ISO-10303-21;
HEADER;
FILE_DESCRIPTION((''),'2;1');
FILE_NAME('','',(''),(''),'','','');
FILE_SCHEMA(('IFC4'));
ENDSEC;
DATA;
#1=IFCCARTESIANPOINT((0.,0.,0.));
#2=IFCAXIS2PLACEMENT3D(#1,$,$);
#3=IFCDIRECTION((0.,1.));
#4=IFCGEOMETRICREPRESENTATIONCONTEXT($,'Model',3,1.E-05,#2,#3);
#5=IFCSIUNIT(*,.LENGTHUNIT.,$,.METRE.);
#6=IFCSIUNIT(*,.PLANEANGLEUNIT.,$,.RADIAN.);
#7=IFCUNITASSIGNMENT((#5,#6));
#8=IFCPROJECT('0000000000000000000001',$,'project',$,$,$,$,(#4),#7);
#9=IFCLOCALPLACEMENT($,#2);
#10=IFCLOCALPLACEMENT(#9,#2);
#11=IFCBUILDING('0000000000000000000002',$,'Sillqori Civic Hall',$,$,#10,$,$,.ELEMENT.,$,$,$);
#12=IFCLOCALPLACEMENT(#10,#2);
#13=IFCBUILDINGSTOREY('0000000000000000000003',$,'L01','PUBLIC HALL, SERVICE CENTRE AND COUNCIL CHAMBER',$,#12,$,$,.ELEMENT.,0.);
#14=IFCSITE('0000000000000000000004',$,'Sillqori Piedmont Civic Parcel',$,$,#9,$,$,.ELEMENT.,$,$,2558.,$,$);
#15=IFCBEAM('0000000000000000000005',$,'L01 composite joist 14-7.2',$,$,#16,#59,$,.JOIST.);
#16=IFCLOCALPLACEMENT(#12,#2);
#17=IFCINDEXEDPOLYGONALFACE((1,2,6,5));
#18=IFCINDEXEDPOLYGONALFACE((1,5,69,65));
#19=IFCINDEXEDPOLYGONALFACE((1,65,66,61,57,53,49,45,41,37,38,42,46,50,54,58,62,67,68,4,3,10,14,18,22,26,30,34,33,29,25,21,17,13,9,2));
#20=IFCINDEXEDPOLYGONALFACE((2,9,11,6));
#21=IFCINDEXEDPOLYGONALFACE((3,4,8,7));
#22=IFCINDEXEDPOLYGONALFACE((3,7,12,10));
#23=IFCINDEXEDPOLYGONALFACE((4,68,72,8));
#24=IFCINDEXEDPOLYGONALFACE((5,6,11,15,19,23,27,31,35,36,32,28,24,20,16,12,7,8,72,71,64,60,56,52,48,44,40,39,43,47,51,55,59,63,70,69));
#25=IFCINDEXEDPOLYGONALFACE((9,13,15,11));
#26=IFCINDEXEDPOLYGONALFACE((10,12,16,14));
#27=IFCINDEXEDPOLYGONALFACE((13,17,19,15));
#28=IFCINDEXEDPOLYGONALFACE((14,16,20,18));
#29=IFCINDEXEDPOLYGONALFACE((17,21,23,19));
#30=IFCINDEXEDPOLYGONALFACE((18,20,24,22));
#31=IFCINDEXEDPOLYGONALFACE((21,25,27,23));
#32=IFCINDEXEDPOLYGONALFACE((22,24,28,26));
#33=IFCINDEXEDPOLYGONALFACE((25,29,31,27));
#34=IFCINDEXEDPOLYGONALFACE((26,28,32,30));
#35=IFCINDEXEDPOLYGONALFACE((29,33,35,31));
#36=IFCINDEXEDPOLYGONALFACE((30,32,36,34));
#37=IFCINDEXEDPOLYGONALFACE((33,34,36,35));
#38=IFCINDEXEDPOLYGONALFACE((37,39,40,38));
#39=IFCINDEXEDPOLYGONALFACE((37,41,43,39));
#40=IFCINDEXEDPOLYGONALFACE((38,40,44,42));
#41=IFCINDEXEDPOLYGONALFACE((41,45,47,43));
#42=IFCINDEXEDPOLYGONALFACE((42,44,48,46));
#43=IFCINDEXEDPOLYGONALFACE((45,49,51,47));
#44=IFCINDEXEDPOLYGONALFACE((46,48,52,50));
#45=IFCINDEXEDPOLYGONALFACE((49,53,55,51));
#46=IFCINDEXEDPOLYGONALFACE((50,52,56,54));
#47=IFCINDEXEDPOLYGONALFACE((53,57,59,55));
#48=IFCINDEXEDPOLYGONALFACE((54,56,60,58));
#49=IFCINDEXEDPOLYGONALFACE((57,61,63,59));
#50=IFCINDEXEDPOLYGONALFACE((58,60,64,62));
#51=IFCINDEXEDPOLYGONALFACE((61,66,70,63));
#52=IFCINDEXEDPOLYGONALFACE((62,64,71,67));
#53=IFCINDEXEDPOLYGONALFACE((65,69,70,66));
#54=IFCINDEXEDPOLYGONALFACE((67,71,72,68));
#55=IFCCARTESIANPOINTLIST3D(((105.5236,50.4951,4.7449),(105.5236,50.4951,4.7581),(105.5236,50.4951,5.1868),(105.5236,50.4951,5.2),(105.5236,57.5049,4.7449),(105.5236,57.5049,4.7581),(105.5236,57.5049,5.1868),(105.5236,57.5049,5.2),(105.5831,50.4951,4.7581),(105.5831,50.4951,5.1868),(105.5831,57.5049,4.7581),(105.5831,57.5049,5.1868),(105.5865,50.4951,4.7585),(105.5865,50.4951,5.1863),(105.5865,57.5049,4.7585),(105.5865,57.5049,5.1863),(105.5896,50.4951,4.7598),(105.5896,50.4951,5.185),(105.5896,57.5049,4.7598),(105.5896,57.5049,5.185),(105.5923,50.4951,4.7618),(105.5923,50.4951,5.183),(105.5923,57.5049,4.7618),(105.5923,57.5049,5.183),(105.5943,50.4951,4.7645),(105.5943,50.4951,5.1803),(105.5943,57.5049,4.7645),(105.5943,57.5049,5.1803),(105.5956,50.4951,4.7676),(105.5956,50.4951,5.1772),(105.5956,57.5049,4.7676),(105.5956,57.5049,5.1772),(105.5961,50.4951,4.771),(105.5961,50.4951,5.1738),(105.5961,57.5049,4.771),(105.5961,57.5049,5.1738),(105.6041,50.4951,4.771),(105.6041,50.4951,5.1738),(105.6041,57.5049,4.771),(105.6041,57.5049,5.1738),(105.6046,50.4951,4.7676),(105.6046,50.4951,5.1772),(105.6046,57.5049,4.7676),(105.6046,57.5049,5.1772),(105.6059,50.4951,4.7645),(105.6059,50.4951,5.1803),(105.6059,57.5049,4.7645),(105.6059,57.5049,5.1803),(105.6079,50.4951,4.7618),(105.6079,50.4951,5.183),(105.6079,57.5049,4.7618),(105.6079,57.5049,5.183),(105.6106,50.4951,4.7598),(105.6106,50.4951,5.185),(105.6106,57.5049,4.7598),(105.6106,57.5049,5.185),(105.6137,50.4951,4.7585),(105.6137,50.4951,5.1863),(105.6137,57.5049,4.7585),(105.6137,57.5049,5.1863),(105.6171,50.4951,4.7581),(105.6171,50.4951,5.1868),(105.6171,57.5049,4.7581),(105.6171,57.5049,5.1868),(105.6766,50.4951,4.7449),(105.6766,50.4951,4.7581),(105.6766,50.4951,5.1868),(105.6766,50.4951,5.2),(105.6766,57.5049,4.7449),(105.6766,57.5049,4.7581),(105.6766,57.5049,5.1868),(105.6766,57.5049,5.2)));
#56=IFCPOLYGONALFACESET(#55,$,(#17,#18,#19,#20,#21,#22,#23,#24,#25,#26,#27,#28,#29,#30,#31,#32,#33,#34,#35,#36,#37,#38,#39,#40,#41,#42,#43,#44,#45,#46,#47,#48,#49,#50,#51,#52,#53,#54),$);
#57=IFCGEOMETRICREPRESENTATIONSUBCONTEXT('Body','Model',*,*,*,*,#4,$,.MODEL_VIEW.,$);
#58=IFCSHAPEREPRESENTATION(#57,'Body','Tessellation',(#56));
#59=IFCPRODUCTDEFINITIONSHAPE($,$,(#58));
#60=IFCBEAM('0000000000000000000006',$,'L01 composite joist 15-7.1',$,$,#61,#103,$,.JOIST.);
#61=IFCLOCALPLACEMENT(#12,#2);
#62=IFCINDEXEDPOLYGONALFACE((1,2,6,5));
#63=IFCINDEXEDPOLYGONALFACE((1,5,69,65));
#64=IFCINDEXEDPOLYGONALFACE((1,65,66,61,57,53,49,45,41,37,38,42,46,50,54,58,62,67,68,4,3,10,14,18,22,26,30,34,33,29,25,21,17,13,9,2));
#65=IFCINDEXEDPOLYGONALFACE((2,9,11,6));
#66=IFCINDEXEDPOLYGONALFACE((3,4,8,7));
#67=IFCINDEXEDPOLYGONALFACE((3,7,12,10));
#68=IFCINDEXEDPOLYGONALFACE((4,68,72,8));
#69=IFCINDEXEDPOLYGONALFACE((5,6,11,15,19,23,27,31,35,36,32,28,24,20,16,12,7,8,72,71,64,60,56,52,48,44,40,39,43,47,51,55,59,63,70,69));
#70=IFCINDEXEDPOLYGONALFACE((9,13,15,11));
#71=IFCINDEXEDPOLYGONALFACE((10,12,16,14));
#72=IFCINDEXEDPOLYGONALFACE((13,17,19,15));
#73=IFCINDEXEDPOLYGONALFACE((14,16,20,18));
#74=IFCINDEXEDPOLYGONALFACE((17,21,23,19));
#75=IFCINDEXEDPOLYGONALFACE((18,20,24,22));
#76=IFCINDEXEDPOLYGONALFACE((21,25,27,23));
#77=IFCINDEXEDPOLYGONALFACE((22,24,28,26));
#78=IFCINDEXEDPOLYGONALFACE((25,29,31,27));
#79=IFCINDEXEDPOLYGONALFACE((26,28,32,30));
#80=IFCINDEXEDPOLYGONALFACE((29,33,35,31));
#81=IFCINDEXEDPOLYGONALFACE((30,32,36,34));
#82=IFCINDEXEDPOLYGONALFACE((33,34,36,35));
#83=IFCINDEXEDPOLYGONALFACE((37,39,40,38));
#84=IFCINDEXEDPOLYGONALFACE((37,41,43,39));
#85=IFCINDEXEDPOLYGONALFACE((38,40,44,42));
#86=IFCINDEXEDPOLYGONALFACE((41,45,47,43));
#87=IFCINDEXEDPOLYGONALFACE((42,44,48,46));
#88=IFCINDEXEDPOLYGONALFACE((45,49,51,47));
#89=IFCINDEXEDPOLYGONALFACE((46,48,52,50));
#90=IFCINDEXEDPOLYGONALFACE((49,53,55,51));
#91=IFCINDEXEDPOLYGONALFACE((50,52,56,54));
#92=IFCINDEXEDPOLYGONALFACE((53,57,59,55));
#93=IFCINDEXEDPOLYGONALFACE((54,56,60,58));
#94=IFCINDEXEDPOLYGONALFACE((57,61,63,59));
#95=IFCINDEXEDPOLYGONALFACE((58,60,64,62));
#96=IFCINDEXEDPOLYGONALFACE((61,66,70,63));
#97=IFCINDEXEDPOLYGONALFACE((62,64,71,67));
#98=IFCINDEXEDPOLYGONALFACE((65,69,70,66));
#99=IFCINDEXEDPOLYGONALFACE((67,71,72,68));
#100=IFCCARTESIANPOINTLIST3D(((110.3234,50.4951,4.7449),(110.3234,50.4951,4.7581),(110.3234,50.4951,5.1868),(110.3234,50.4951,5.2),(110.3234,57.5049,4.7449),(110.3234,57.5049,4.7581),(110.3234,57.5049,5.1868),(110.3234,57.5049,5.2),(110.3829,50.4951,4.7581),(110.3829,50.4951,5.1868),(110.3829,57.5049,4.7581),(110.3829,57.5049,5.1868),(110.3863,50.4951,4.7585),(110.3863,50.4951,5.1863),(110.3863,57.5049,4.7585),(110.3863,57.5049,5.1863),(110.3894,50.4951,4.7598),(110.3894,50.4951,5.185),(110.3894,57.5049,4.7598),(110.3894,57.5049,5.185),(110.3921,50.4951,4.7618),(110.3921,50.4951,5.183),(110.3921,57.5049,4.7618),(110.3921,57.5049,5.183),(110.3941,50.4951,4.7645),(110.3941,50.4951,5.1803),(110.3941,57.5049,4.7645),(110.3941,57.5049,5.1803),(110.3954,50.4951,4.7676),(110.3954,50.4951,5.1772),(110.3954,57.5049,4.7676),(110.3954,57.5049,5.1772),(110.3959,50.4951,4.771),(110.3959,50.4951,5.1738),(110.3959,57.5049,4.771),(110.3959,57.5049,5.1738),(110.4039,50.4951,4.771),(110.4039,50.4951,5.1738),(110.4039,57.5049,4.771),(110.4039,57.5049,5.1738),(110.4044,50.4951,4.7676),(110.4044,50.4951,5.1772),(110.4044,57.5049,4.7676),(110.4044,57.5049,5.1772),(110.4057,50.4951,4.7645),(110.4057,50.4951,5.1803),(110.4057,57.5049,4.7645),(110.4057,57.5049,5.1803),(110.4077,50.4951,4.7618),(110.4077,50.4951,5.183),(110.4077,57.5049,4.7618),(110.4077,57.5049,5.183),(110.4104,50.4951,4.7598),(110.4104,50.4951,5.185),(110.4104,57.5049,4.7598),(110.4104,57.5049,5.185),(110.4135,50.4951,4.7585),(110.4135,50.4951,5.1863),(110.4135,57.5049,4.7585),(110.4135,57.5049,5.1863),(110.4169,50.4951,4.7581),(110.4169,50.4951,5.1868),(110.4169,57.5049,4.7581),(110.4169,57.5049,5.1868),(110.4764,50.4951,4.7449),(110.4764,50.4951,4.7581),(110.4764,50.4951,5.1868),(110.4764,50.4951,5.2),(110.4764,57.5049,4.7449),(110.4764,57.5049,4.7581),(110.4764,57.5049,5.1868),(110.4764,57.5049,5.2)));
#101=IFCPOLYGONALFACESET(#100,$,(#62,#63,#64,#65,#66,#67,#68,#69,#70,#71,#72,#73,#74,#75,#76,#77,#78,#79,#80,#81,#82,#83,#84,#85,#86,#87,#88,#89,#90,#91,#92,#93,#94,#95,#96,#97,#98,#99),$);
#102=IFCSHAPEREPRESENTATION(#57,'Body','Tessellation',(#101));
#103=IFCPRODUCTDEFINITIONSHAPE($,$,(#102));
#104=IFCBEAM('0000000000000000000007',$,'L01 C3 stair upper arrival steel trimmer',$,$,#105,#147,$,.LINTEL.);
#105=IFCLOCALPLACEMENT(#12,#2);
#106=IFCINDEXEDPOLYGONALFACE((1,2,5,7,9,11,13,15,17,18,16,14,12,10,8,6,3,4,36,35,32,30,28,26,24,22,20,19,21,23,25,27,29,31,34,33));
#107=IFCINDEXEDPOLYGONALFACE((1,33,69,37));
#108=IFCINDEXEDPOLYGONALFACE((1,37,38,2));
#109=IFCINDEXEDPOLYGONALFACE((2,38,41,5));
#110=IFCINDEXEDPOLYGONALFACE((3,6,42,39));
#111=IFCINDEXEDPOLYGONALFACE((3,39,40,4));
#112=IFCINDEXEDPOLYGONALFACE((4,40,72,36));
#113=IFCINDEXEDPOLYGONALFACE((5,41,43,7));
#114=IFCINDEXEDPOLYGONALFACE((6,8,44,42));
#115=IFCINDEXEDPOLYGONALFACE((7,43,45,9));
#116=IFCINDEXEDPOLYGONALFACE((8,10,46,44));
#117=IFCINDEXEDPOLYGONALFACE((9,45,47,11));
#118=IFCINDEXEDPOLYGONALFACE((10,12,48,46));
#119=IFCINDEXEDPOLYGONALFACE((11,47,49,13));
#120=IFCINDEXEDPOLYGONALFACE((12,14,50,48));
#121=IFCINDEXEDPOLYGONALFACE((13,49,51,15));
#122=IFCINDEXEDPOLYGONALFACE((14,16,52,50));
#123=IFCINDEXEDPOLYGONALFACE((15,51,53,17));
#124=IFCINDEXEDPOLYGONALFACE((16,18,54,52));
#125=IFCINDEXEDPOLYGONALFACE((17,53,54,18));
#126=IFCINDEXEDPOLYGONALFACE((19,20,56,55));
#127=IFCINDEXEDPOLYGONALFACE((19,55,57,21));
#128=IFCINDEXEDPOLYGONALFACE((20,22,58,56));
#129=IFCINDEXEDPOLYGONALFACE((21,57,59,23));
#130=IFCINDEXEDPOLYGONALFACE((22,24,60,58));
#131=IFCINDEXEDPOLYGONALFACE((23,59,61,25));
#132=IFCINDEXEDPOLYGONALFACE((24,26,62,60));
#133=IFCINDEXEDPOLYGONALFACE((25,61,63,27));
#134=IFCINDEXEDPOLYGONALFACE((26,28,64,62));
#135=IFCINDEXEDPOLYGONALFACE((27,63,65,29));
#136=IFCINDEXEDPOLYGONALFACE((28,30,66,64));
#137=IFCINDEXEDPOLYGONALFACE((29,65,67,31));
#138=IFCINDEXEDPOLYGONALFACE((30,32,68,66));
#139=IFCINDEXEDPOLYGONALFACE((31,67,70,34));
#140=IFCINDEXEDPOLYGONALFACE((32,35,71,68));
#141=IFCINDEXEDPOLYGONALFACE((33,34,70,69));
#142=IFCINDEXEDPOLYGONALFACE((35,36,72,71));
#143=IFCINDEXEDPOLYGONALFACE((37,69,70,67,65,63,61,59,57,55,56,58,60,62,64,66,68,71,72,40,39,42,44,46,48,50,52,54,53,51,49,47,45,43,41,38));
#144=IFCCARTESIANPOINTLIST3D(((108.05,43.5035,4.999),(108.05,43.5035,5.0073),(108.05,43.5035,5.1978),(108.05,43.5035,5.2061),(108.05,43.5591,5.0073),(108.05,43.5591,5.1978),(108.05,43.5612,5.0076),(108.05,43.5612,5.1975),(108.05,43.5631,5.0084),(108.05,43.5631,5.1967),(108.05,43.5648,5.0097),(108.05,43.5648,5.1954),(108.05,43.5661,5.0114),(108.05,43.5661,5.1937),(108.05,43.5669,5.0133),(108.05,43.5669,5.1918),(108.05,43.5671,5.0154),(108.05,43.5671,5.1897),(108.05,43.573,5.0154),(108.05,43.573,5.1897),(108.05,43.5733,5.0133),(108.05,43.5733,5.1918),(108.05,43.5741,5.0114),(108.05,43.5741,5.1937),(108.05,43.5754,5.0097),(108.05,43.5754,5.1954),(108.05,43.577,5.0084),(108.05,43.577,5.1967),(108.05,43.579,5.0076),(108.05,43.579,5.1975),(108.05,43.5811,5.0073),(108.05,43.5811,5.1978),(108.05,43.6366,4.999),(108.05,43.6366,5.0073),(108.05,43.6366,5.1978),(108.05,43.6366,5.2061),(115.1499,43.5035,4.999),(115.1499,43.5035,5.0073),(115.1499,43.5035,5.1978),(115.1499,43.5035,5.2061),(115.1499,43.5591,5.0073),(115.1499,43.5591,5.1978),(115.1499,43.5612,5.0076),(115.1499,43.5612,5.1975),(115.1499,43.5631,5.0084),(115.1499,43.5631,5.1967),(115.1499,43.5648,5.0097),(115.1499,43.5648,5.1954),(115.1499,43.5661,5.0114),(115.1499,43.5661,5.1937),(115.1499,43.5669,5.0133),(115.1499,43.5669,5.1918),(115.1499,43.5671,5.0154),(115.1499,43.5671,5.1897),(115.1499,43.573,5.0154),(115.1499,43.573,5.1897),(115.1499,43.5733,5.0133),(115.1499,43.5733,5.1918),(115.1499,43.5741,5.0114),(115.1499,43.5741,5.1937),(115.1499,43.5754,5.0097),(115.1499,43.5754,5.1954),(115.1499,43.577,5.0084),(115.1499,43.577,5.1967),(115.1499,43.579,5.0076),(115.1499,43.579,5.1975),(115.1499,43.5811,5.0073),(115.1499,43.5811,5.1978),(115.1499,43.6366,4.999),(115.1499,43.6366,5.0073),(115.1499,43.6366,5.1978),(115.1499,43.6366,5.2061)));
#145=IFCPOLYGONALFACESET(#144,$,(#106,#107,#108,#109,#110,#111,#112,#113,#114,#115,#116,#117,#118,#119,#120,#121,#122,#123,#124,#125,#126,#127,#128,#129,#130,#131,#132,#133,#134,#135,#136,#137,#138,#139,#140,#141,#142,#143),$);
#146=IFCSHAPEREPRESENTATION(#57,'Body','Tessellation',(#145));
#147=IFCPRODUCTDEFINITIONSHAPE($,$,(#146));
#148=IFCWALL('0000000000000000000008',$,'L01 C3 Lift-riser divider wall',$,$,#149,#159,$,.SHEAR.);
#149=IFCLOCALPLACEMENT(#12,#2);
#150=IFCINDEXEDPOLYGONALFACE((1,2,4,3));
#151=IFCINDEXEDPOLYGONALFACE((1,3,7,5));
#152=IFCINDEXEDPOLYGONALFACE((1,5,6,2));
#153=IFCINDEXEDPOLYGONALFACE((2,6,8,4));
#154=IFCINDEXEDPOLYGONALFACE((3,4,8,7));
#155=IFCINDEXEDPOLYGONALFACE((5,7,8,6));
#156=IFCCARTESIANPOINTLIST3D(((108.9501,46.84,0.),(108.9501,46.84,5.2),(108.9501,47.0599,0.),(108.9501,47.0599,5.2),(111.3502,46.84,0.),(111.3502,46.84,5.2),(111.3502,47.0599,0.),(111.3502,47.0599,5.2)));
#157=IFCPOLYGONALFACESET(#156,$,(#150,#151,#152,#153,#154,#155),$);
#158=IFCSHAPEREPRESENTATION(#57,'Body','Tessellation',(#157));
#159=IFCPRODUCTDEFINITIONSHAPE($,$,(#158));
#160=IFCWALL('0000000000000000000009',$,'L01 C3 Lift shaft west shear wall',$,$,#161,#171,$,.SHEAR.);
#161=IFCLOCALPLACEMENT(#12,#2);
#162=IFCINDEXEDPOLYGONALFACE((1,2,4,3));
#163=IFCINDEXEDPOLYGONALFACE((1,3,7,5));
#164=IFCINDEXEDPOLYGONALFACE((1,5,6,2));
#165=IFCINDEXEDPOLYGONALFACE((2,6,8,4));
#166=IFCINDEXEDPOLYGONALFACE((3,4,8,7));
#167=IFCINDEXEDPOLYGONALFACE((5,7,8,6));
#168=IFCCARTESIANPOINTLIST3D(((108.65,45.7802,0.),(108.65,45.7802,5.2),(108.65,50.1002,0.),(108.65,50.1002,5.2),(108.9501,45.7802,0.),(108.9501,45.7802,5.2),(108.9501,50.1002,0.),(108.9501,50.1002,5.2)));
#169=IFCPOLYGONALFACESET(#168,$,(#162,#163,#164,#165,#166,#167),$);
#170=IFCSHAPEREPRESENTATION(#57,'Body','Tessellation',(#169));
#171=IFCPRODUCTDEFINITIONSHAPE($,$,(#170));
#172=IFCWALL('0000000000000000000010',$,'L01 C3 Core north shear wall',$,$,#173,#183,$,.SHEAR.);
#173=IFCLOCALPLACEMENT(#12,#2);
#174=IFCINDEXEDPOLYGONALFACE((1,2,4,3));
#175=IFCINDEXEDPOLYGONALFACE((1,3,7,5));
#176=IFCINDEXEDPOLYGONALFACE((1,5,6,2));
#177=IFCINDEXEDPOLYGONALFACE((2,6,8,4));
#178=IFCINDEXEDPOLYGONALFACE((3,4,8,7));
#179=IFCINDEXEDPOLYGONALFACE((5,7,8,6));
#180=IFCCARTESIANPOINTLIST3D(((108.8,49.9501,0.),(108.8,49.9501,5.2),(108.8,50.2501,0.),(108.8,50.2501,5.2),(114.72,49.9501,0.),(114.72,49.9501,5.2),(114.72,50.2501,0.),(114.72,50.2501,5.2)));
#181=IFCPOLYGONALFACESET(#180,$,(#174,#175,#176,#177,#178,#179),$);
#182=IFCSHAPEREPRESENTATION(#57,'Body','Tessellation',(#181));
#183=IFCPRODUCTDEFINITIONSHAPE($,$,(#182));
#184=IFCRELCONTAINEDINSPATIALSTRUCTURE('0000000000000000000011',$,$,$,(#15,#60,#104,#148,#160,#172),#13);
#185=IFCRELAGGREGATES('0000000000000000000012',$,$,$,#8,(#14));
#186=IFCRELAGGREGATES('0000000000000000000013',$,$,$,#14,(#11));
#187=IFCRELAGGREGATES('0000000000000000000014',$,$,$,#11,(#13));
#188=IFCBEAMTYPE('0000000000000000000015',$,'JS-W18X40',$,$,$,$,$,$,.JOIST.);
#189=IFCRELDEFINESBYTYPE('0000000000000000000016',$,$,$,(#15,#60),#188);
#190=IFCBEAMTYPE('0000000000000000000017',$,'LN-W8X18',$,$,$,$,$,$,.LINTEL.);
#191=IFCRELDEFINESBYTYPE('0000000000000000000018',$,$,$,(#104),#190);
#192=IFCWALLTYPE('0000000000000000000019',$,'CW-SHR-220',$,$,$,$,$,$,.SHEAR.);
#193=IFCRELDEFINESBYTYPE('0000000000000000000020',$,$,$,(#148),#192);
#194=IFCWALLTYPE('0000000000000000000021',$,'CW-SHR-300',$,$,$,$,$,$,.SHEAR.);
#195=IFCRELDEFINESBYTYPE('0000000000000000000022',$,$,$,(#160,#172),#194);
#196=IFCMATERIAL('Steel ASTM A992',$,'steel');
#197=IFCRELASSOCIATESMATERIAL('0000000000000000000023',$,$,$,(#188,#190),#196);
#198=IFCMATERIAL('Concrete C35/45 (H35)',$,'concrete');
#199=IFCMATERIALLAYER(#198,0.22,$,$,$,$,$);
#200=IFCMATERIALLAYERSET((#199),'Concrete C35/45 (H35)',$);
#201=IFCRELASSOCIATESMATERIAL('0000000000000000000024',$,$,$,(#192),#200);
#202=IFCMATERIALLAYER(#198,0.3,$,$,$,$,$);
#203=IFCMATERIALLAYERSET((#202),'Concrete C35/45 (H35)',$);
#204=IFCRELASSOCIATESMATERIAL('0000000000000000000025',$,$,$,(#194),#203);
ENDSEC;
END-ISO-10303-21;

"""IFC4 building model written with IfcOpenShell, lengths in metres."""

from ifc_helpers import new_model, si_unit, direction, frame, frame_2d, origin, origin_2d, place, context, subcontext, project, spatial, rectangle, i_section, extrude, material, layer, layer_set, material_profile, profile_set, type_object, element, save


model = new_model("IFC4")

# Units and contexts
model_context = context("Model", 3, precision=1e-05, world=origin(), true_north=direction((0.0, 1.0)))
body_context = subcontext(model_context, "Body", "Model", "MODEL_VIEW")
ifc_project = project(units=[si_unit("LENGTHUNIT", "METRE"), si_unit("PLANEANGLEUNIT", "RADIAN")], contexts=[model_context])

# Site, building, storey
site_placement = place(None, origin())
site = spatial("IfcSite", under=ifc_project, at=site_placement, Name="Sillqori Piedmont Civic Parcel", CompositionType="ELEMENT", RefElevation=2558.0)
building_placement = place(site_placement, origin())
building = spatial("IfcBuilding", under=site, at=building_placement, Name="Sillqori Civic Hall", CompositionType="ELEMENT")
storey_placement = place(building_placement, origin())
storey = spatial("IfcBuildingStorey", under=building, at=storey_placement, Name="L01", Description="PUBLIC HALL, SERVICE CENTRE AND COUNCIL CHAMBER", CompositionType="ELEMENT", Elevation=0.0)

# Shared definitions
ifc_material_1 = material(Name="Steel ASTM A992", Category="steel")

# Beams
ifc_material_profile_1 = material_profile(ifc_material_1, i_section(OverallWidth=0.1531, OverallDepth=0.4551, WebThickness=0.0081, FlangeThickness=0.0132, FilletRadius=0.0129, at=origin_2d()), Name="W18X40")
ifc_profile_set_1 = profile_set([ifc_material_profile_1], Name="Steel ASTM A992")
beam_type_1 = type_object("IfcBeamType", Name="JS-W18X40", PredefinedType="JOIST", material=ifc_profile_set_1)
for number, where, z_axis, x_axis, name in (
    (1, (105.6001, 50.4951, 4.9724), (0.0, 1.0, 0.0), (-1.0, 0.0, 0.0), "L01 composite joist 14-7.2"),
    (2, (110.3999, 50.4951, 4.9724), (0.0, 1.0, 0.0), (-1.0, 0.0, 0.0), "L01 composite joist 15-7.1"),
):
    element("IfcBeam", number, at=place(storey_placement, frame(where, z_axis=z_axis, x_axis=x_axis)), inside=storey, type_object=beam_type_1, Name=name, PredefinedType="JOIST", context=body_context, shape_type="SweptSolid", body=[
        extrude(i_section(OverallWidth=0.1531, OverallDepth=0.4551, WebThickness=0.0081, FlangeThickness=0.0132, FilletRadius=0.0129, at=origin_2d()), origin(), (0.0, 0.0, 1.0), 7.0098),
    ])
ifc_material_profile_2 = material_profile(ifc_material_1, i_section(OverallWidth=0.1331, OverallDepth=0.207, WebThickness=0.0059, FlangeThickness=0.0083, FilletRadius=0.0081, at=origin_2d()), Name="W8X18")
ifc_profile_set_2 = profile_set([ifc_material_profile_2], Name="Steel ASTM A992")
beam_type_2 = type_object("IfcBeamType", Name="LN-W8X18", PredefinedType="LINTEL", material=ifc_profile_set_2)
beam_1_placement = place(storey_placement, frame((108.05, 43.5701, 5.1025), z_axis=(1.0, 0.0, 0.0), x_axis=(0.0, 1.0, 0.0)))
element("IfcBeam", 3, at=beam_1_placement, inside=storey, type_object=beam_type_2, Name="L01 C3 stair upper arrival steel trimmer", PredefinedType="LINTEL", context=body_context, shape_type="SweptSolid", body=[
    extrude(i_section(OverallWidth=0.1331, OverallDepth=0.207, WebThickness=0.0059, FlangeThickness=0.0083, FilletRadius=0.0081, at=origin_2d()), origin(), (0.0, 0.0, 1.0), 7.0999),
])

# Wall
ifc_material_2 = material(Name="Concrete C35/45 (H35)", Category="concrete")
ifc_layer_1 = layer(ifc_material_2, 0.22)
ifc_layer_set_1 = layer_set([ifc_layer_1], Name="Concrete C35/45 (H35)")
wall_type_1 = type_object("IfcWallType", Name="CW-SHR-220", PredefinedType="SHEAR", material=ifc_layer_set_1)
wall_1_placement = place(storey_placement, frame((108.95, 46.95, 0.0), z_axis=(0.0, 0.0, 1.0), x_axis=(1.0, 0.0, 0.0)))
element("IfcWall", 4, at=wall_1_placement, inside=storey, type_object=wall_type_1, Name="L01 C3 Lift-riser divider wall", PredefinedType="SHEAR", context=body_context, shape_type="SweptSolid", body=[
    extrude(rectangle(XDim=2.4001, YDim=0.22, at=frame_2d((1.2002, 0.0))), origin(), (0.0, 0.0, 1.0), 5.2),
])

# Walls
ifc_layer_2 = layer(ifc_material_2, 0.3)
ifc_layer_set_2 = layer_set([ifc_layer_2], Name="Concrete C35/45 (H35)")
wall_type_2 = type_object("IfcWallType", Name="CW-SHR-300", PredefinedType="SHEAR", material=ifc_layer_set_2)
wall_2_placement = place(storey_placement, frame((108.8, 45.78, 0.0), z_axis=(0.0, 0.0, 1.0), x_axis=(0.0, 1.0, 0.0)))
element("IfcWall", 5, at=wall_2_placement, inside=storey, type_object=wall_type_2, Name="L01 C3 Lift shaft west shear wall", PredefinedType="SHEAR", context=body_context, shape_type="SweptSolid", body=[
    extrude(rectangle(XDim=4.3201, YDim=0.3, at=frame_2d((2.1602, 0.0))), origin(), (0.0, 0.0, 1.0), 5.2),
])
wall_3_placement = place(storey_placement, frame((108.8, 50.1001, 0.0), z_axis=(0.0, 0.0, 1.0), x_axis=(1.0, 0.0, 0.0)))
element("IfcWall", 6, at=wall_3_placement, inside=storey, type_object=wall_type_2, Name="L01 C3 Core north shear wall", PredefinedType="SHEAR", context=body_context, shape_type="SweptSolid", body=[
    extrude(rectangle(XDim=5.9199, YDim=0.3, at=frame_2d((2.96, 0.0))), origin(), (0.0, 0.0, 1.0), 5.2),
])

save(model, "model.ifc")
